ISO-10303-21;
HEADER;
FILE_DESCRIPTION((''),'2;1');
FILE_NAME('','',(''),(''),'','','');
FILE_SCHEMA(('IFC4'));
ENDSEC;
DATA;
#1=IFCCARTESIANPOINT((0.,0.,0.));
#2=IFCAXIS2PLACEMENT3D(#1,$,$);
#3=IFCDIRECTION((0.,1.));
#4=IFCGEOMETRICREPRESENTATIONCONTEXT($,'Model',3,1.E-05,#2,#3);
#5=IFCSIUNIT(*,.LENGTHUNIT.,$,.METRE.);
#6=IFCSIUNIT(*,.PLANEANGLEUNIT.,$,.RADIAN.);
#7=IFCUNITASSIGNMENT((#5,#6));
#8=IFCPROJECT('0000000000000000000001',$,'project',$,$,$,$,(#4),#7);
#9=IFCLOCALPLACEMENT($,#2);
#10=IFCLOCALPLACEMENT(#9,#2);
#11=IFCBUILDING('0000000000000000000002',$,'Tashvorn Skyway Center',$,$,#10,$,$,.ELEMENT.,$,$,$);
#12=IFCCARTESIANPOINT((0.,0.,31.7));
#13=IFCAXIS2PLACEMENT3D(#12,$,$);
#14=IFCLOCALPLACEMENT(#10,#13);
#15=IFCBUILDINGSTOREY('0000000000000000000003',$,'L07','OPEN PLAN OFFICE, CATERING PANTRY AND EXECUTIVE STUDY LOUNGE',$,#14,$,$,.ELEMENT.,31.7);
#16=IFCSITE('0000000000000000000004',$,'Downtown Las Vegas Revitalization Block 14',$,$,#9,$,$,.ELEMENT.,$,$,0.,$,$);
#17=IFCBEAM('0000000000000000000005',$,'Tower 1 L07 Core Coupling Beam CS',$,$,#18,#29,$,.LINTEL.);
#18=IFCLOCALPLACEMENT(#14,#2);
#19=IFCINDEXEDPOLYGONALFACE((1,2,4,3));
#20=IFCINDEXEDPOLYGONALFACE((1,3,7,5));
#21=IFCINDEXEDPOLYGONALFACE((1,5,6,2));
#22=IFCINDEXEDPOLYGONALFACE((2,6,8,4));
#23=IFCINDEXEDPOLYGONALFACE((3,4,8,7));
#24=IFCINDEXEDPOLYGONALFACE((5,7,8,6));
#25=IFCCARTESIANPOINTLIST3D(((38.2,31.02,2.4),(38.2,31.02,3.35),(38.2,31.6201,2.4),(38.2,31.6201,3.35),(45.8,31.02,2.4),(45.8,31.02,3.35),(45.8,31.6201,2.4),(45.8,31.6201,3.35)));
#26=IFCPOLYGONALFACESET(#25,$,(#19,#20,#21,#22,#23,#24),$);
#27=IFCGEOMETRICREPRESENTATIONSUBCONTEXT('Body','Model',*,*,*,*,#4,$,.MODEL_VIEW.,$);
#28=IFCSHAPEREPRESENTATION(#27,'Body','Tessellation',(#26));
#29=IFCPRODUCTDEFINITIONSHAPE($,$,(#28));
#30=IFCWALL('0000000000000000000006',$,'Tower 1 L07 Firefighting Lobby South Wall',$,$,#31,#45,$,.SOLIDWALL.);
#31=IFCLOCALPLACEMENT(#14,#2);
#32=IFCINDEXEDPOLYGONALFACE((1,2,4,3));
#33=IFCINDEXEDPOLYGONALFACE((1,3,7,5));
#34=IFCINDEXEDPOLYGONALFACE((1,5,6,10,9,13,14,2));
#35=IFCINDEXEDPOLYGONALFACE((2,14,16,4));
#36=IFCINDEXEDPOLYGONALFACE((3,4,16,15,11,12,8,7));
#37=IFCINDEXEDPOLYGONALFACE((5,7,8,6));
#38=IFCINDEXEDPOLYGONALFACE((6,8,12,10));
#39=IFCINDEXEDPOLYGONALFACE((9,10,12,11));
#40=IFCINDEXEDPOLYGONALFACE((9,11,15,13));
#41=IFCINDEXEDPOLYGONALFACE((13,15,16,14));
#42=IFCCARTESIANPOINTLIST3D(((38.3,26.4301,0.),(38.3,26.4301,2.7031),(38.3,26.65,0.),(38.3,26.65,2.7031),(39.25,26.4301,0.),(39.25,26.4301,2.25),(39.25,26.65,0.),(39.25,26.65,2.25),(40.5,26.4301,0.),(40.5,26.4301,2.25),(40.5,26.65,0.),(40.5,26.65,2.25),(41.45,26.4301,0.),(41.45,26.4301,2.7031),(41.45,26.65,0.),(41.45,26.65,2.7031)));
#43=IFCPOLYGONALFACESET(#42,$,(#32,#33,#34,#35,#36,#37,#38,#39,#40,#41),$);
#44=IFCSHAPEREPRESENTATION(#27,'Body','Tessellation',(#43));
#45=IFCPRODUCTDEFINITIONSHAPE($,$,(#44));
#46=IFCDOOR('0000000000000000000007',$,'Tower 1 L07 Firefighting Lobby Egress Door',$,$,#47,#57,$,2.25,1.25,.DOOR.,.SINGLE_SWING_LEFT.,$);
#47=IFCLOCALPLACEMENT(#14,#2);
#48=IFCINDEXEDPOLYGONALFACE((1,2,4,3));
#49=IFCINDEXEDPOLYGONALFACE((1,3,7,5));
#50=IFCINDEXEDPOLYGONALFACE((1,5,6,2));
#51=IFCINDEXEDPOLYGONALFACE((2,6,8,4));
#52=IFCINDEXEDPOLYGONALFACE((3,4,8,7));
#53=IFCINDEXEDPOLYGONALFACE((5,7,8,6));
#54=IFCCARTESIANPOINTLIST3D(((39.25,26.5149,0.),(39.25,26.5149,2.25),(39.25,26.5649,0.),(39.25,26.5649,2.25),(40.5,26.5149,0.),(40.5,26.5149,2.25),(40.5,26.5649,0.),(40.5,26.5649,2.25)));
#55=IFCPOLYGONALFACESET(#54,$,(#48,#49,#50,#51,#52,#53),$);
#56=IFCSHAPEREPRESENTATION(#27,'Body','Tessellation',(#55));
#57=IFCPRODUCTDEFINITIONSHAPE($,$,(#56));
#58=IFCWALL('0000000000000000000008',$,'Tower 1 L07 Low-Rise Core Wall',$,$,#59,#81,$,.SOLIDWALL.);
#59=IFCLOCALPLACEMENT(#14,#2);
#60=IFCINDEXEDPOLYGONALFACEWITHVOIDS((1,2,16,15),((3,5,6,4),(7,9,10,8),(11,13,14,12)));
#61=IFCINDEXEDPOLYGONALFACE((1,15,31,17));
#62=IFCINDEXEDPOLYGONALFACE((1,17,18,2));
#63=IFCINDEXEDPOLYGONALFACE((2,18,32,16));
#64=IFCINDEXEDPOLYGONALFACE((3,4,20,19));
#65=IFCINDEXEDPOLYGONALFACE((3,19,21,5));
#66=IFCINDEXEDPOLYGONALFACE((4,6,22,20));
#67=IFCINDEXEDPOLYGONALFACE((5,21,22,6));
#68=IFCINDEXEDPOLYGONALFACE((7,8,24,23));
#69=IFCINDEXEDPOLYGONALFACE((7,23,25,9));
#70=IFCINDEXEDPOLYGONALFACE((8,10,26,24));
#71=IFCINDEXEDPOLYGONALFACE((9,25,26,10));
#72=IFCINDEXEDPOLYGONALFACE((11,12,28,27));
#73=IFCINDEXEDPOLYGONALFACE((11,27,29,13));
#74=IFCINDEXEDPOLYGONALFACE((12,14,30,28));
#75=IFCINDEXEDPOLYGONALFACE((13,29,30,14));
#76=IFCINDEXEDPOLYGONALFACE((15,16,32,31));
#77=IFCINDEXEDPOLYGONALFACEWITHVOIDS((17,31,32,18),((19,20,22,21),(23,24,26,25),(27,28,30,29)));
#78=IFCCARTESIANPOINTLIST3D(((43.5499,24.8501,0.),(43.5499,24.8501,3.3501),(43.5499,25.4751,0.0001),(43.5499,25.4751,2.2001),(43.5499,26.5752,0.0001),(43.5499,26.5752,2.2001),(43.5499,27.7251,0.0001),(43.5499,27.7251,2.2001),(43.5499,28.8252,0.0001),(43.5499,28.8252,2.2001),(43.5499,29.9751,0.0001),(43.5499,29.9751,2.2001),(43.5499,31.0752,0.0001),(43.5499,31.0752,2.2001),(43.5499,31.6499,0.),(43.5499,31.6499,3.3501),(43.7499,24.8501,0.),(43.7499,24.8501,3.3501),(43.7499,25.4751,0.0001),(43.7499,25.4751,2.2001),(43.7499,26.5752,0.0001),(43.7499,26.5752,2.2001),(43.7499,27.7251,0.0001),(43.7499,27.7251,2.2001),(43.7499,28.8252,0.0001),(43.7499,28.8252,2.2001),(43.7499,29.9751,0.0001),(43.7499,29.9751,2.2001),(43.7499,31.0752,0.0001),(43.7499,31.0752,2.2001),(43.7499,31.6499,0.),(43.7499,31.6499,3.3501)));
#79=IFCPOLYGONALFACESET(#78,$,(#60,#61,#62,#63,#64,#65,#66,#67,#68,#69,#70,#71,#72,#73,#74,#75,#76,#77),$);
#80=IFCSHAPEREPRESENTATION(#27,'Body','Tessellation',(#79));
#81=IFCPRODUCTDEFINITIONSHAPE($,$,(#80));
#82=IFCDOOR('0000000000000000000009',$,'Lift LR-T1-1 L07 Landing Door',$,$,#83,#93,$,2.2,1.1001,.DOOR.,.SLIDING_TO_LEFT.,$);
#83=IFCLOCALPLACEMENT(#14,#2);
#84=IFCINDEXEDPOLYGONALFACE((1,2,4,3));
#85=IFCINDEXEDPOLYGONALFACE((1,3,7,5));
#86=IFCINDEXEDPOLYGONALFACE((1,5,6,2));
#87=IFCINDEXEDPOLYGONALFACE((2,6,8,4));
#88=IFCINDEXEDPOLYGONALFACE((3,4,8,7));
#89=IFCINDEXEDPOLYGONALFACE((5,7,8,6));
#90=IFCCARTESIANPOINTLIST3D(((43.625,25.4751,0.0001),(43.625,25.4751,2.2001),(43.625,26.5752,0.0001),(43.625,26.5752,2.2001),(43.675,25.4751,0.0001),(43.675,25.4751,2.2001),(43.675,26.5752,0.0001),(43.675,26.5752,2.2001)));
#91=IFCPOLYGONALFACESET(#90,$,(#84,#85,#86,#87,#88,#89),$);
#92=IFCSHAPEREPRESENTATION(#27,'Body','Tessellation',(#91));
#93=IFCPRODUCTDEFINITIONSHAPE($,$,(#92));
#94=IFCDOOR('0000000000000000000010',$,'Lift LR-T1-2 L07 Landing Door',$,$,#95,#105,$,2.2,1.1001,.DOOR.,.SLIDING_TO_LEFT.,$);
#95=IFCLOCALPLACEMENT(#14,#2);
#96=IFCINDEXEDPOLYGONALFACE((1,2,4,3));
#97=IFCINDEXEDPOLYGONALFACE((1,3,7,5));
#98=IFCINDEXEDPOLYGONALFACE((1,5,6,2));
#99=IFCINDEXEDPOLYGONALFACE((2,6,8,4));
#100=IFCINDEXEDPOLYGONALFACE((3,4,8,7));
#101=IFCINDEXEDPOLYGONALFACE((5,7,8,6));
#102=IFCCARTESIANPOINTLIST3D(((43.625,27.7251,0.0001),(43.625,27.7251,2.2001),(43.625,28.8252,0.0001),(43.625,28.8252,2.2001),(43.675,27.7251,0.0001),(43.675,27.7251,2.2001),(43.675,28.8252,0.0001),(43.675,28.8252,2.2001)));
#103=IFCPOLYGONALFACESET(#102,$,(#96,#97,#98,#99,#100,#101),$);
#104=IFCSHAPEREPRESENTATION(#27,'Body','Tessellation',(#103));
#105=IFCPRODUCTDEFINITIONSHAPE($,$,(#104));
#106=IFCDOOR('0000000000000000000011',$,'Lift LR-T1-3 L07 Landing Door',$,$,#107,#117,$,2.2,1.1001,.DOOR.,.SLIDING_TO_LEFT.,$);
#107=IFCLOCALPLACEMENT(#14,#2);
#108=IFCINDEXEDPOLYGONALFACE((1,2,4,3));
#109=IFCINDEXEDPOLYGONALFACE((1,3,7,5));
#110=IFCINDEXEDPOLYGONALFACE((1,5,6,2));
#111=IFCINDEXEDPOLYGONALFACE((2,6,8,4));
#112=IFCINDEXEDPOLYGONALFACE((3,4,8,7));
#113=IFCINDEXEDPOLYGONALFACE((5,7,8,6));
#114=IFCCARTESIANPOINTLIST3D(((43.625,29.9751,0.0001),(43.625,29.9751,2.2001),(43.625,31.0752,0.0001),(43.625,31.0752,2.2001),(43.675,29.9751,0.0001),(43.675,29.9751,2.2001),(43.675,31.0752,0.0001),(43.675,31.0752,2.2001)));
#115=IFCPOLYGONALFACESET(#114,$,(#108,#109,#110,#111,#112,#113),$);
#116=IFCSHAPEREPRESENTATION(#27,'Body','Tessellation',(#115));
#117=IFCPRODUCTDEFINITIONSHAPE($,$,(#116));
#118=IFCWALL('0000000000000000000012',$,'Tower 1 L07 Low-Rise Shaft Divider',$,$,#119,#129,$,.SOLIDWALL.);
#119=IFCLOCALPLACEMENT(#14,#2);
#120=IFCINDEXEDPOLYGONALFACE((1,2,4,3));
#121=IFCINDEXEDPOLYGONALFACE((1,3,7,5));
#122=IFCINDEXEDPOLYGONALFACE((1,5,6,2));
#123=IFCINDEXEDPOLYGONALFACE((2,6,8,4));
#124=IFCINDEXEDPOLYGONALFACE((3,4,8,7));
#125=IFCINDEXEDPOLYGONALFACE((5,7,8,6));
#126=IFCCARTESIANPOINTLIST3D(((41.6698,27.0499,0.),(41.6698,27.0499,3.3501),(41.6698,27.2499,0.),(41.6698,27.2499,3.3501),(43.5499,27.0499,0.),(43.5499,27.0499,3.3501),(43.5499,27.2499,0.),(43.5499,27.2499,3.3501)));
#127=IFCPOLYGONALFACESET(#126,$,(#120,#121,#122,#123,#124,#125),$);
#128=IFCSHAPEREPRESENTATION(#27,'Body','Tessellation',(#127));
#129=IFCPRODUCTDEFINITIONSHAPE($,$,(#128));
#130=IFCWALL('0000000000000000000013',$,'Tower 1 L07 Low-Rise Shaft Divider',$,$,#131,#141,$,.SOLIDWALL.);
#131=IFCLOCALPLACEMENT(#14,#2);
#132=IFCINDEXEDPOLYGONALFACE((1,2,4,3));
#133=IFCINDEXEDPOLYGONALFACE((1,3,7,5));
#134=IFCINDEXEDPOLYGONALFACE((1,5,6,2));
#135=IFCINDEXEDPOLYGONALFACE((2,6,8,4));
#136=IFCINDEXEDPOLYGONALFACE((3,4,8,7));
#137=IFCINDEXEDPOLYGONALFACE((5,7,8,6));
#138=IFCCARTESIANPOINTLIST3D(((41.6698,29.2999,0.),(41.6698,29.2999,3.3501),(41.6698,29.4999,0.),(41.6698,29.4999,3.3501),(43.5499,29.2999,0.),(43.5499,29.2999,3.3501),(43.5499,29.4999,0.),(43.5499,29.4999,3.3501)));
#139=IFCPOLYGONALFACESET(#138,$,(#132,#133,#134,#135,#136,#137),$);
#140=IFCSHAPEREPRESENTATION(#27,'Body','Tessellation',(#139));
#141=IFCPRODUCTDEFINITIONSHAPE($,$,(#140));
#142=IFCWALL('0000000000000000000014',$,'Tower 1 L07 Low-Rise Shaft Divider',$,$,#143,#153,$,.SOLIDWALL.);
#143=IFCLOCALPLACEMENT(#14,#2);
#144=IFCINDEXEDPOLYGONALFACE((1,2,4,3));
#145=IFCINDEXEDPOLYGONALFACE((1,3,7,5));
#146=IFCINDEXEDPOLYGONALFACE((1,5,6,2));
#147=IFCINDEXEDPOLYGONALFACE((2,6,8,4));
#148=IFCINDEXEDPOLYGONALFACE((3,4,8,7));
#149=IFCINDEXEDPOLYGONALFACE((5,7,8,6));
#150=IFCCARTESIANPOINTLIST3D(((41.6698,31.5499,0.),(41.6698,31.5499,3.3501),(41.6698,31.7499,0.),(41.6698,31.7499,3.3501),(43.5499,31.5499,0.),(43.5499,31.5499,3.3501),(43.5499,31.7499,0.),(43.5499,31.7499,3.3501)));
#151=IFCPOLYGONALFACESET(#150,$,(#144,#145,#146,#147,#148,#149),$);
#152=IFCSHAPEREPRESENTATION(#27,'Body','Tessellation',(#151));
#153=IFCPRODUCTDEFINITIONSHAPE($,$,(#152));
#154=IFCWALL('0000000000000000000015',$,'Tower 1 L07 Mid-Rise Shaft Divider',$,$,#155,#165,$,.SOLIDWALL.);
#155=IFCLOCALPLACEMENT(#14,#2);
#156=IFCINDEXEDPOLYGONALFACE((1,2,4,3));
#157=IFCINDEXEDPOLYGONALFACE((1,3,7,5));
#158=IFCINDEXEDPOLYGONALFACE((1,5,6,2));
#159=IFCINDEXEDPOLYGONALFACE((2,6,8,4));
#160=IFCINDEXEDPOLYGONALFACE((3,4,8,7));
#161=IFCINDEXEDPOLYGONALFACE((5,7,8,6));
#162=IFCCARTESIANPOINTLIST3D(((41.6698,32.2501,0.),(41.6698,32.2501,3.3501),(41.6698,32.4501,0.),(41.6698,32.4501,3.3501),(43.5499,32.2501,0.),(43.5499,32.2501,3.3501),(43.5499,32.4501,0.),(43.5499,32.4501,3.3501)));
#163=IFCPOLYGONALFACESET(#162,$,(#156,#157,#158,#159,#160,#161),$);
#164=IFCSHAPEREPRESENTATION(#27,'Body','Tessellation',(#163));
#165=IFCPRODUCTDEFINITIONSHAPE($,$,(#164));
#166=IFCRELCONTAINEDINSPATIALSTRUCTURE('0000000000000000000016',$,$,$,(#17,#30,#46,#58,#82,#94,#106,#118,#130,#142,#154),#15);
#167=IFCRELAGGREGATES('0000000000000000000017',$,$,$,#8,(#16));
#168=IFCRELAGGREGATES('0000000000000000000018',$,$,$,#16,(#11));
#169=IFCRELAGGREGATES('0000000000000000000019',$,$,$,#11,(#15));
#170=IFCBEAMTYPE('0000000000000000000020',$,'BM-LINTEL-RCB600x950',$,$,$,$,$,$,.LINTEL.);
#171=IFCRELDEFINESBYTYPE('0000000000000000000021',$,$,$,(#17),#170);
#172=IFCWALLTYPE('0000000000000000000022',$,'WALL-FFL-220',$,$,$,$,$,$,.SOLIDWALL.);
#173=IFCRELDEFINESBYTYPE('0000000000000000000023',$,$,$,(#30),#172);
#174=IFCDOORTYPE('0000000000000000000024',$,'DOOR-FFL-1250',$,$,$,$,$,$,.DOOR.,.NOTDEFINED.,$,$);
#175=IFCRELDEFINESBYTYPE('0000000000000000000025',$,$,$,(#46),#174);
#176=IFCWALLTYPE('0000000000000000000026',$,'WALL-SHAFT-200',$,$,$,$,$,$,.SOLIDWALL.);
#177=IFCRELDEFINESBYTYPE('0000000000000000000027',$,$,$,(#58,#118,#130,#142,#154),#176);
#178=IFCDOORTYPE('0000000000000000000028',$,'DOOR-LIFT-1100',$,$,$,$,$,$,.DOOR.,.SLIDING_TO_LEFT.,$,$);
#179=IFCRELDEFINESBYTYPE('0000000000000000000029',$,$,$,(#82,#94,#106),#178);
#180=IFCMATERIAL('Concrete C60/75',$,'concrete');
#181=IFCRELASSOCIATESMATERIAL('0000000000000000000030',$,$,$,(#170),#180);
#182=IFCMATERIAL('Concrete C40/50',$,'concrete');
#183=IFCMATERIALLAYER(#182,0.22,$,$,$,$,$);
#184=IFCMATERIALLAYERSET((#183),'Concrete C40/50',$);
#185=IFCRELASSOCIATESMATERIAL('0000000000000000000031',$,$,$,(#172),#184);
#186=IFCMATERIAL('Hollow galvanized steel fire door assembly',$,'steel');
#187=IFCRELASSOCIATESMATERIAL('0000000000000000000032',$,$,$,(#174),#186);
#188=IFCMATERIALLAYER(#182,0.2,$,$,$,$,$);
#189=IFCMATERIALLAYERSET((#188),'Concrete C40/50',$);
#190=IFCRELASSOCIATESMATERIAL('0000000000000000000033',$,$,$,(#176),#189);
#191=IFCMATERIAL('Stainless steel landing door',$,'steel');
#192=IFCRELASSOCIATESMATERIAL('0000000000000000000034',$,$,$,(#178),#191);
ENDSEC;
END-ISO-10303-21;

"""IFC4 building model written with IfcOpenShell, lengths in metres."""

from ifc_helpers import new_model, si_unit, direction, frame, frame_2d, origin, origin_2d, place, context, subcontext, project, spatial, rectangle, extrude, material, layer, layer_set, material_profile, profile_set, type_object, element, fill, save


model = new_model("IFC4")

# Units and contexts
model_context = context("Model", 3, precision=1e-05, world=origin(), true_north=direction((0.0, 1.0)))
body_context = subcontext(model_context, "Body", "Model", "MODEL_VIEW")
ifc_project = project(units=[si_unit("LENGTHUNIT", "METRE"), si_unit("PLANEANGLEUNIT", "RADIAN")], contexts=[model_context])

# Site, building, storey
site_placement = place(None, origin())
site = spatial("IfcSite", under=ifc_project, at=site_placement, Name="Downtown Las Vegas Revitalization Block 14", CompositionType="ELEMENT", RefElevation=0.0)
building_placement = place(site_placement, origin())
building = spatial("IfcBuilding", under=site, at=building_placement, Name="Tashvorn Skyway Center", CompositionType="ELEMENT")
storey_placement = place(building_placement, frame((0.0, 0.0, 31.7)))
storey = spatial("IfcBuildingStorey", under=building, at=storey_placement, Name="L07", Description="OPEN PLAN OFFICE, CATERING PANTRY AND EXECUTIVE STUDY LOUNGE", CompositionType="ELEMENT", Elevation=31.7)

# Beam
ifc_material_1 = material(Name="Concrete C60/75", Category="concrete")
ifc_material_profile = material_profile(ifc_material_1, rectangle(XDim=0.6001, YDim=0.95, at=origin_2d()), Name="RCB600x950")
ifc_profile_set = profile_set([ifc_material_profile], Name="Concrete C60/75")
beam_type = type_object("IfcBeamType", Name="BM-LINTEL-RCB600x950", PredefinedType="LINTEL", material=ifc_profile_set)
beam_placement = place(storey_placement, frame((38.2, 31.3201, 2.875), z_axis=(1.0, 0.0, 0.0), x_axis=(0.0, 1.0, 0.0)))
element("IfcBeam", 1, at=beam_placement, inside=storey, type_object=beam_type, Name="Tower 1 L07 Core Coupling Beam CS", PredefinedType="LINTEL", context=body_context, shape_type="SweptSolid", body=[
    extrude(rectangle(XDim=0.6001, YDim=0.95, at=origin_2d()), origin(), (0.0, 0.0, 1.0), 7.6001),
])

# Wall, opening, door
ifc_material_2 = material(Name="Concrete C40/50", Category="concrete")
ifc_layer_1 = layer(ifc_material_2, 0.22)
ifc_layer_set_1 = layer_set([ifc_layer_1], Name="Concrete C40/50")
wall_type_1 = type_object("IfcWallType", Name="WALL-FFL-220", PredefinedType="SOLIDWALL", material=ifc_layer_set_1)
wall_1_placement = place(storey_placement, frame((38.3, 26.54, 0.0), z_axis=(0.0, 0.0, 1.0), x_axis=(1.0, 0.0, 0.0)))
wall_1 = element("IfcWall", 2, at=wall_1_placement, inside=storey, type_object=wall_type_1, Name="Tower 1 L07 Firefighting Lobby South Wall", PredefinedType="SOLIDWALL", context=body_context, shape_type="SweptSolid", body=[
    extrude(rectangle(XDim=3.1499, YDim=0.22, at=frame_2d((1.575, 0.0))), origin(), (0.0, 0.0, 1.0), 2.7031),
])
opening_1_placement = place(wall_1_placement, frame((0.95, 0.0, 0.0)))
opening_1 = element("IfcOpeningElement", 3, at=opening_1_placement, cuts=wall_1, PredefinedType="OPENING", context=body_context, shape_type="SweptSolid", body=[
    extrude(rectangle(XDim=1.25, YDim=2.25, at=frame_2d((0.625, 1.125))), frame((0.0, 0.1199, 0.0), z_axis=(0.0, -1.0, 0.0), x_axis=(1.0, 0.0, 0.0)), (0.0, 0.0, 1.0), 0.24),
])
ifc_material_3 = material(Name="Hollow galvanized steel fire door assembly", Category="steel")
door_type_1 = type_object("IfcDoorType", Name="DOOR-FFL-1250", OperationType="NOTDEFINED", PredefinedType="DOOR", material=ifc_material_3)
door_1_placement = place(opening_1_placement, origin())
door_1 = element("IfcDoor", 4, at=door_1_placement, inside=storey, type_object=door_type_1, Name="Tower 1 L07 Firefighting Lobby Egress Door", OperationType="SINGLE_SWING_LEFT", OverallHeight=2.25, OverallWidth=1.25, PredefinedType="DOOR", context=body_context, shape_type="SweptSolid", body=[
    extrude(rectangle(XDim=1.25, YDim=2.25, at=frame_2d((0.625, 1.125))), frame((0.0, 0.0249, 0.0), z_axis=(0.0, -1.0, 0.0), x_axis=(1.0, 0.0, 0.0)), (0.0, 0.0, 1.0), 0.05),
])
fill(opening_1, door_1)

# Wall, openings, doors
ifc_layer_2 = layer(ifc_material_2, 0.2)
ifc_layer_set_2 = layer_set([ifc_layer_2], Name="Concrete C40/50")
wall_type_2 = type_object("IfcWallType", Name="WALL-SHAFT-200", PredefinedType="SOLIDWALL", material=ifc_layer_set_2)
wall_2_placement = place(storey_placement, frame((43.6499, 24.8501, 0.0), z_axis=(0.0, 0.0, 1.0), x_axis=(0.0, 1.0, 0.0)))
wall_2 = element("IfcWall", 5, at=wall_2_placement, inside=storey, type_object=wall_type_2, Name="Tower 1 L07 Low-Rise Core Wall", PredefinedType="SOLIDWALL", context=body_context, shape_type="SweptSolid", body=[
    extrude(rectangle(XDim=6.7998, YDim=0.2, at=frame_2d((3.3999, 0.0))), origin(), (0.0, 0.0, 1.0), 3.3501),
])
opening_2_placement = place(wall_2_placement, frame((0.625, 0.0, 0.0)))
opening_2 = element("IfcOpeningElement", 6, at=opening_2_placement, cuts=wall_2, PredefinedType="OPENING", context=body_context, shape_type="SweptSolid", body=[
    extrude(rectangle(XDim=1.1001, YDim=2.2, at=frame_2d((0.55, 1.1001))), frame((0.0, 0.1099, 0.0), z_axis=(0.0, -1.0, 0.0), x_axis=(1.0, 0.0, 0.0)), (0.0, 0.0, 1.0), 0.22),
])
opening_3_placement = place(wall_2_placement, frame((2.875, 0.0, 0.0)))
opening_3 = element("IfcOpeningElement", 7, at=opening_3_placement, cuts=wall_2, PredefinedType="OPENING", context=body_context, shape_type="SweptSolid", body=[
    extrude(rectangle(XDim=1.1001, YDim=2.2, at=frame_2d((0.55, 1.1001))), frame((0.0, 0.1099, 0.0), z_axis=(0.0, -1.0, 0.0), x_axis=(1.0, 0.0, 0.0)), (0.0, 0.0, 1.0), 0.22),
])
opening_4_placement = place(wall_2_placement, frame((5.125, 0.0, 0.0)))
opening_4 = element("IfcOpeningElement", 8, at=opening_4_placement, cuts=wall_2, PredefinedType="OPENING", context=body_context, shape_type="SweptSolid", body=[
    extrude(rectangle(XDim=1.1001, YDim=2.2, at=frame_2d((0.55, 1.1001))), frame((0.0, 0.1099, 0.0), z_axis=(0.0, -1.0, 0.0), x_axis=(1.0, 0.0, 0.0)), (0.0, 0.0, 1.0), 0.22),
])
ifc_material_4 = material(Name="Stainless steel landing door", Category="steel")
door_type_2 = type_object("IfcDoorType", Name="DOOR-LIFT-1100", OperationType="SLIDING_TO_LEFT", PredefinedType="DOOR", material=ifc_material_4)
door_2_placement = place(opening_2_placement, origin())
door_2 = element("IfcDoor", 9, at=door_2_placement, inside=storey, type_object=door_type_2, Name="Lift LR-T1-1 L07 Landing Door", OperationType="SLIDING_TO_LEFT", OverallHeight=2.2, OverallWidth=1.1001, PredefinedType="DOOR", context=body_context, shape_type="SweptSolid", body=[
    extrude(rectangle(XDim=1.1001, YDim=2.2, at=frame_2d((0.55, 1.1001))), frame((0.0, 0.0249, 0.0), z_axis=(0.0, -1.0, 0.0), x_axis=(1.0, 0.0, 0.0)), (0.0, 0.0, 1.0), 0.05),
])
fill(opening_2, door_2)
door_3_placement = place(opening_3_placement, origin())
door_3 = element("IfcDoor", 10, at=door_3_placement, inside=storey, type_object=door_type_2, Name="Lift LR-T1-2 L07 Landing Door", OperationType="SLIDING_TO_LEFT", OverallHeight=2.2, OverallWidth=1.1001, PredefinedType="DOOR", context=body_context, shape_type="SweptSolid", body=[
    extrude(rectangle(XDim=1.1001, YDim=2.2, at=frame_2d((0.55, 1.1001))), frame((0.0, 0.0249, 0.0), z_axis=(0.0, -1.0, 0.0), x_axis=(1.0, 0.0, 0.0)), (0.0, 0.0, 1.0), 0.05),
])
fill(opening_3, door_3)
door_4_placement = place(opening_4_placement, origin())
door_4 = element("IfcDoor", 11, at=door_4_placement, inside=storey, type_object=door_type_2, Name="Lift LR-T1-3 L07 Landing Door", OperationType="SLIDING_TO_LEFT", OverallHeight=2.2, OverallWidth=1.1001, PredefinedType="DOOR", context=body_context, shape_type="SweptSolid", body=[
    extrude(rectangle(XDim=1.1001, YDim=2.2, at=frame_2d((0.55, 1.1001))), frame((0.0, 0.0249, 0.0), z_axis=(0.0, -1.0, 0.0), x_axis=(1.0, 0.0, 0.0)), (0.0, 0.0, 1.0), 0.05),
])
fill(opening_4, door_4)

# Walls
for number, where, z_axis, x_axis, name in (
    (12, (41.6699, 27.1499, 0.0), (0.0, 0.0, 1.0), (1.0, 0.0, 0.0), "Tower 1 L07 Low-Rise Shaft Divider"),
    (13, (41.6699, 29.3999, 0.0), (0.0, 0.0, 1.0), (1.0, 0.0, 0.0), "Tower 1 L07 Low-Rise Shaft Divider"),
    (14, (41.6699, 31.6499, 0.0), (0.0, 0.0, 1.0), (1.0, 0.0, 0.0), "Tower 1 L07 Low-Rise Shaft Divider"),
    (15, (41.6699, 32.3501, 0.0), (0.0, 0.0, 1.0), (1.0, 0.0, 0.0), "Tower 1 L07 Mid-Rise Shaft Divider"),
):
    element("IfcWall", number, at=place(storey_placement, frame(where, z_axis=z_axis, x_axis=x_axis)), inside=storey, type_object=wall_type_2, Name=name, PredefinedType="SOLIDWALL", context=body_context, shape_type="SweptSolid", body=[
        extrude(rectangle(XDim=1.8801, YDim=0.2, at=frame_2d((0.9399, 0.0))), origin(), (0.0, 0.0, 1.0), 3.3501),
    ])

save(model, "model.ifc")
